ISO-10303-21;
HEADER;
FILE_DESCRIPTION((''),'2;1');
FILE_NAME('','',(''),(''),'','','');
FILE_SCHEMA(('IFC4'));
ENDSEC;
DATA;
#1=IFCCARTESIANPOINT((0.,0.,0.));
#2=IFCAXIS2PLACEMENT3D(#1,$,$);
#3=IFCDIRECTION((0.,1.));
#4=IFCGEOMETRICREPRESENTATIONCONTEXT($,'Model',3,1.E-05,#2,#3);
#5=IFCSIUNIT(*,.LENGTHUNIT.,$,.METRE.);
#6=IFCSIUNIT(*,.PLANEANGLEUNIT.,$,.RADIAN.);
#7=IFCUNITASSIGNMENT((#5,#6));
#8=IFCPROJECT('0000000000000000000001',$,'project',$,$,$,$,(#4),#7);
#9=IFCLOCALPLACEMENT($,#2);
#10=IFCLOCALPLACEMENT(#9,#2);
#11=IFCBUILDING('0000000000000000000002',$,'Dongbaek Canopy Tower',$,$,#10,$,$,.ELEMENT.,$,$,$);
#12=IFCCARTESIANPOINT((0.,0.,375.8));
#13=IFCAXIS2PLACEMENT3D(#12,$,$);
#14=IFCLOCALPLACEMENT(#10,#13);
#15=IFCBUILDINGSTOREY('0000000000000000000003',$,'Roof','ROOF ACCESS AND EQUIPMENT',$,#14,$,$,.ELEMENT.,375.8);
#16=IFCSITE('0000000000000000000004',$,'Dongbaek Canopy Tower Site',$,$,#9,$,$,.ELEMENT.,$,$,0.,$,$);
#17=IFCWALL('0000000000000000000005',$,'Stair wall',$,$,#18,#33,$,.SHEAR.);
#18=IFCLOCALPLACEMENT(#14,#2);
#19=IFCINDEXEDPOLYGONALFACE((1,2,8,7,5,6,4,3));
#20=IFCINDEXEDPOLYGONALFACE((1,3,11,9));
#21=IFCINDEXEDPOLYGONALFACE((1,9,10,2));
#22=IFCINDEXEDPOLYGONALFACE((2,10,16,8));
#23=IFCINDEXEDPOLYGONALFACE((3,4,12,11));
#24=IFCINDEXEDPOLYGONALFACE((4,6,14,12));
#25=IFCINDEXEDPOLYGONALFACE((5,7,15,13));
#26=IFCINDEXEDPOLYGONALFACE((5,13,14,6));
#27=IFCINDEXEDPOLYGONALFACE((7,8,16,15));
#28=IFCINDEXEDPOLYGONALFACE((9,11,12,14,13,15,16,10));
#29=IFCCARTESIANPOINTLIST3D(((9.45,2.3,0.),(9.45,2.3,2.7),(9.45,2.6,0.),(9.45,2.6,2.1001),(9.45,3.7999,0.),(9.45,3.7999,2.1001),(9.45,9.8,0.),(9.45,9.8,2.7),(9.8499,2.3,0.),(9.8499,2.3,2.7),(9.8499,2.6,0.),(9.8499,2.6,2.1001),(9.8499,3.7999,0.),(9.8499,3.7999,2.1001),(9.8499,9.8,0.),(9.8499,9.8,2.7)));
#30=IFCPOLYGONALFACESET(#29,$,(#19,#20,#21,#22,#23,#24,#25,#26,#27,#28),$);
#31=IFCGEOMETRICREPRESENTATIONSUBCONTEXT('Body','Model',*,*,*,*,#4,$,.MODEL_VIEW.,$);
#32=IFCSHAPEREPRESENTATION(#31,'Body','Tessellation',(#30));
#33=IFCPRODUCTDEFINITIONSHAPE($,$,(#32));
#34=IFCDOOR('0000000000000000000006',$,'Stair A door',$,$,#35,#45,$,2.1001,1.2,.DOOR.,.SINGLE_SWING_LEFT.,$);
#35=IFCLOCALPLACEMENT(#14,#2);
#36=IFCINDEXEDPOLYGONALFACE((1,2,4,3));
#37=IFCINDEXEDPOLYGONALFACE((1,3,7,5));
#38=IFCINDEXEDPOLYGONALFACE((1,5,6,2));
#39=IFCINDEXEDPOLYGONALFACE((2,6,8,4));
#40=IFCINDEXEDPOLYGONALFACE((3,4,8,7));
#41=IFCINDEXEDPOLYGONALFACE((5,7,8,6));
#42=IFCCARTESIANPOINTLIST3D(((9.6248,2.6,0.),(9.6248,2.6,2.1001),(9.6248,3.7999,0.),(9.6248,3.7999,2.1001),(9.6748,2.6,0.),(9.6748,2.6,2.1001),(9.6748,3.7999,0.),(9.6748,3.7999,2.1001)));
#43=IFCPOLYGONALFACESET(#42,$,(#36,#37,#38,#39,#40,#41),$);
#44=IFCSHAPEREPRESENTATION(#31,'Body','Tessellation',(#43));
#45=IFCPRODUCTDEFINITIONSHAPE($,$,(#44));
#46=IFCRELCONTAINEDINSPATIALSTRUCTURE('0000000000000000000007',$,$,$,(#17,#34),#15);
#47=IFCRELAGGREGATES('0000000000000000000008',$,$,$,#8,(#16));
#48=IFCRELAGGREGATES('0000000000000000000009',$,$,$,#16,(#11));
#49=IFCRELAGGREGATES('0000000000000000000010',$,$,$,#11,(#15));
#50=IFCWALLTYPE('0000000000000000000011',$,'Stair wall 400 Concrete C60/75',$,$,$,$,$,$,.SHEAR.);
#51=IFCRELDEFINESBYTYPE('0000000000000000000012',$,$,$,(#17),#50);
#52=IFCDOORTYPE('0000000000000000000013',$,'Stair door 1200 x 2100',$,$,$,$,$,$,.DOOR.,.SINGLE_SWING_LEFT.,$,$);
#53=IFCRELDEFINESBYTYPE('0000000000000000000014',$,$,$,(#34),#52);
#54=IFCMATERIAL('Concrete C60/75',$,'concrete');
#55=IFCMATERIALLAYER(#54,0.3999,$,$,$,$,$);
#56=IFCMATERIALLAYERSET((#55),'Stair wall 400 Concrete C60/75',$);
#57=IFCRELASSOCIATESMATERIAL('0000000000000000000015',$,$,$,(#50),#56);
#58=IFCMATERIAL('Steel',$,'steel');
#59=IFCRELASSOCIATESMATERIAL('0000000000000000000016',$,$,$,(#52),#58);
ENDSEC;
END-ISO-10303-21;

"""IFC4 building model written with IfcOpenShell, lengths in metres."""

from ifc_helpers import new_model, si_unit, direction, frame, frame_2d, origin, place, context, subcontext, project, spatial, rectangle, extrude, material, layer, layer_set, type_object, element, fill, save


model = new_model("IFC4")

# Units and contexts
model_context = context("Model", 3, precision=1e-05, world=origin(), true_north=direction((0.0, 1.0)))
body_context = subcontext(model_context, "Body", "Model", "MODEL_VIEW")
ifc_project = project(units=[si_unit("LENGTHUNIT", "METRE"), si_unit("PLANEANGLEUNIT", "RADIAN")], contexts=[model_context])

# Site, building, storey
site_placement = place(None, origin())
site = spatial("IfcSite", under=ifc_project, at=site_placement, Name="Dongbaek Canopy Tower Site", CompositionType="ELEMENT", RefElevation=0.0)
building_placement = place(site_placement, origin())
building = spatial("IfcBuilding", under=site, at=building_placement, Name="Dongbaek Canopy Tower", CompositionType="ELEMENT")
storey_placement = place(building_placement, frame((0.0, 0.0, 375.8)))
storey = spatial("IfcBuildingStorey", under=building, at=storey_placement, Name="Roof", Description="ROOF ACCESS AND EQUIPMENT", CompositionType="ELEMENT", Elevation=375.8)

# Wall, opening, door
ifc_material_1 = material(Name="Concrete C60/75", Category="concrete")
ifc_layer_1 = layer(ifc_material_1, 0.3999)
ifc_layer_set_1 = layer_set([ifc_layer_1], Name="Stair wall 400 Concrete C60/75")
wall_type_1 = type_object("IfcWallType", Name="Stair wall 400 Concrete C60/75", PredefinedType="SHEAR", material=ifc_layer_set_1)
wall_1_placement = place(storey_placement, frame((9.6499, 9.8, 0.0), z_axis=(0.0, 0.0, 1.0), x_axis=(0.0, -1.0, 0.0)))
wall_1 = element("IfcWall", 1, at=wall_1_placement, inside=storey, type_object=wall_type_1, Name="Stair wall", PredefinedType="SHEAR", context=body_context, shape_type="SweptSolid", body=[
    extrude(rectangle(XDim=7.5, YDim=0.3999, at=frame_2d((3.75, 0.0))), origin(), (0.0, 0.0, 1.0), 2.7),
])
opening_1_placement = place(wall_1_placement, frame((6.0, 0.0, 0.0)))
opening_1 = element("IfcOpeningElement", 2, at=opening_1_placement, cuts=wall_1, PredefinedType="OPENING", context=body_context, shape_type="SweptSolid", body=[
    extrude(rectangle(XDim=1.2, YDim=2.1001, at=frame_2d((0.6001, 1.05))), frame((0.0, 0.21, 0.0), z_axis=(0.0, -1.0, 0.0), x_axis=(1.0, 0.0, 0.0)), (0.0, 0.0, 1.0), 0.4199),
])
ifc_material_2 = material(Name="Steel", Category="steel")
door_type_1 = type_object("IfcDoorType", Name="Stair door 1200 x 2100", OperationType="SINGLE_SWING_LEFT", PredefinedType="DOOR", material=ifc_material_2)
door_1_placement = place(opening_1_placement, origin())
door_1 = element("IfcDoor", 3, at=door_1_placement, inside=storey, type_object=door_type_1, Name="Stair A door", OperationType="SINGLE_SWING_LEFT", OverallHeight=2.1001, OverallWidth=1.2, PredefinedType="DOOR", context=body_context, shape_type="SweptSolid", body=[
    extrude(rectangle(XDim=1.2, YDim=2.1001, at=frame_2d((0.6001, 1.05))), frame((0.0, 0.0249, 0.0), z_axis=(0.0, -1.0, 0.0), x_axis=(1.0, 0.0, 0.0)), (0.0, 0.0, 1.0), 0.05),
])
fill(opening_1, door_1)

save(model, "model.ifc")
